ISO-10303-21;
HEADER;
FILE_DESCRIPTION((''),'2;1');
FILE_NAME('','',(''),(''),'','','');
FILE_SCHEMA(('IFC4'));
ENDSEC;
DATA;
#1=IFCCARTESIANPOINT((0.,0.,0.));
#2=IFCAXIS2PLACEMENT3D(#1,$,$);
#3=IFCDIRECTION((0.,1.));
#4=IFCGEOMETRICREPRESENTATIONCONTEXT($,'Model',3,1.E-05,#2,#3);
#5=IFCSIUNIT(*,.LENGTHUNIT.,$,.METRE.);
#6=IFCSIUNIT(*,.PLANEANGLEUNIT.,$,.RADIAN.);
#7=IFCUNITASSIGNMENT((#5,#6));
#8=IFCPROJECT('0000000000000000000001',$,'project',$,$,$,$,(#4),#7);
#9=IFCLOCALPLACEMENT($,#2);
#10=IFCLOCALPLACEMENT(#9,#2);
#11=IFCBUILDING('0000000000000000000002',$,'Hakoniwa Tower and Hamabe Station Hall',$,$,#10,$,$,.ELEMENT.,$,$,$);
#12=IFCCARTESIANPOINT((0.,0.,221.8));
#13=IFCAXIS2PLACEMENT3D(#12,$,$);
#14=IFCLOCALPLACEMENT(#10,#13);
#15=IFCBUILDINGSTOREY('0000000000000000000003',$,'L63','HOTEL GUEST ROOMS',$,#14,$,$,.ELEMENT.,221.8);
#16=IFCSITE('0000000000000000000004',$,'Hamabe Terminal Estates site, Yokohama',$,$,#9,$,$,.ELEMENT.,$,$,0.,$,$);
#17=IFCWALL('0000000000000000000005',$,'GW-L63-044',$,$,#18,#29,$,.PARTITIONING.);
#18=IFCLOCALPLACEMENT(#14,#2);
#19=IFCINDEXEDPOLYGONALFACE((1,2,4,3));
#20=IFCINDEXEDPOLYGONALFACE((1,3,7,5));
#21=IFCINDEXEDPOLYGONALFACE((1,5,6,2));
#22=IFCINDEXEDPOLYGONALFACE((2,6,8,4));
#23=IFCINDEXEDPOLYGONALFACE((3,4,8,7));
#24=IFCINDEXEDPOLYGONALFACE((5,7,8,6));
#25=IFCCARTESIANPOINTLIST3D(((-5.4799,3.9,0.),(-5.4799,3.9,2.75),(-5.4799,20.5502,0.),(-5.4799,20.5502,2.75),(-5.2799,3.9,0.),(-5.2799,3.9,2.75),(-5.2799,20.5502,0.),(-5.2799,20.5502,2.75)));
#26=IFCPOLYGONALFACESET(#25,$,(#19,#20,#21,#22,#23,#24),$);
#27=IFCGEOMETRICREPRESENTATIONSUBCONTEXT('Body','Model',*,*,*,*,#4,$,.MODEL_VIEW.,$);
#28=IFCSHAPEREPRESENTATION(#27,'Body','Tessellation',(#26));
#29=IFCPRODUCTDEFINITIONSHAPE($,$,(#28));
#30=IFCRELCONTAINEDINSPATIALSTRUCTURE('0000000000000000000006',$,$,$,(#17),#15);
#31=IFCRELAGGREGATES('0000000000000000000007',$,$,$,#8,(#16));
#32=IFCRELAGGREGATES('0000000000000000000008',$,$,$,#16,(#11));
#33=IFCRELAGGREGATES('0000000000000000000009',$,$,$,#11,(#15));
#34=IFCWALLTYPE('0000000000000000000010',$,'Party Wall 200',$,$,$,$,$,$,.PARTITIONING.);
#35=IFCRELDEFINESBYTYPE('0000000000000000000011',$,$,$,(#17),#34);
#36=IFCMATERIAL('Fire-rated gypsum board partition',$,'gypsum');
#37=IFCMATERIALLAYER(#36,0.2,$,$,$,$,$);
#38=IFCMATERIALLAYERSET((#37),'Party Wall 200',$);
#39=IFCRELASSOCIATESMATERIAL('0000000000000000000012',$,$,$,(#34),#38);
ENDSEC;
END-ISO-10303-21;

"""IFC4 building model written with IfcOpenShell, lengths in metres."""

from ifc_helpers import new_model, si_unit, direction, frame, frame_2d, origin, place, context, subcontext, project, spatial, rectangle, extrude, material, layer, layer_set, type_object, element, save


model = new_model("IFC4")

# Units and contexts
model_context = context("Model", 3, precision=1e-05, world=origin(), true_north=direction((0.0, 1.0)))
body_context = subcontext(model_context, "Body", "Model", "MODEL_VIEW")
ifc_project = project(units=[si_unit("LENGTHUNIT", "METRE"), si_unit("PLANEANGLEUNIT", "RADIAN")], contexts=[model_context])

# Site, building, storey
site_placement = place(None, origin())
site = spatial("IfcSite", under=ifc_project, at=site_placement, Name="Hamabe Terminal Estates site, Yokohama", CompositionType="ELEMENT", RefElevation=0.0)
building_placement = place(site_placement, origin())
building = spatial("IfcBuilding", under=site, at=building_placement, Name="Hakoniwa Tower and Hamabe Station Hall", CompositionType="ELEMENT")
storey_placement = place(building_placement, frame((0.0, 0.0, 221.8)))
storey = spatial("IfcBuildingStorey", under=building, at=storey_placement, Name="L63", Description="HOTEL GUEST ROOMS", CompositionType="ELEMENT", Elevation=221.8)

# Wall
ifc_material_1 = material(Name="Fire-rated gypsum board partition", Category="gypsum")
ifc_layer_1 = layer(ifc_material_1, 0.2)
ifc_layer_set_1 = layer_set([ifc_layer_1], Name="Party Wall 200")
wall_type_1 = type_object("IfcWallType", Name="Party Wall 200", PredefinedType="PARTITIONING", material=ifc_layer_set_1)
wall_1_placement = place(storey_placement, frame((-5.3799, 3.8999, 0.0), z_axis=(0.0, 0.0, 1.0), x_axis=(0.0, 1.0, 0.0)))
element("IfcWall", 1, at=wall_1_placement, inside=storey, type_object=wall_type_1, Name="GW-L63-044", PredefinedType="PARTITIONING", context=body_context, shape_type="SweptSolid", body=[
    extrude(rectangle(XDim=16.6501, YDim=0.2, at=frame_2d((8.3252, 0.0))), origin(), (0.0, 0.0, 1.0), 2.75),
])

save(model, "model.ifc")
